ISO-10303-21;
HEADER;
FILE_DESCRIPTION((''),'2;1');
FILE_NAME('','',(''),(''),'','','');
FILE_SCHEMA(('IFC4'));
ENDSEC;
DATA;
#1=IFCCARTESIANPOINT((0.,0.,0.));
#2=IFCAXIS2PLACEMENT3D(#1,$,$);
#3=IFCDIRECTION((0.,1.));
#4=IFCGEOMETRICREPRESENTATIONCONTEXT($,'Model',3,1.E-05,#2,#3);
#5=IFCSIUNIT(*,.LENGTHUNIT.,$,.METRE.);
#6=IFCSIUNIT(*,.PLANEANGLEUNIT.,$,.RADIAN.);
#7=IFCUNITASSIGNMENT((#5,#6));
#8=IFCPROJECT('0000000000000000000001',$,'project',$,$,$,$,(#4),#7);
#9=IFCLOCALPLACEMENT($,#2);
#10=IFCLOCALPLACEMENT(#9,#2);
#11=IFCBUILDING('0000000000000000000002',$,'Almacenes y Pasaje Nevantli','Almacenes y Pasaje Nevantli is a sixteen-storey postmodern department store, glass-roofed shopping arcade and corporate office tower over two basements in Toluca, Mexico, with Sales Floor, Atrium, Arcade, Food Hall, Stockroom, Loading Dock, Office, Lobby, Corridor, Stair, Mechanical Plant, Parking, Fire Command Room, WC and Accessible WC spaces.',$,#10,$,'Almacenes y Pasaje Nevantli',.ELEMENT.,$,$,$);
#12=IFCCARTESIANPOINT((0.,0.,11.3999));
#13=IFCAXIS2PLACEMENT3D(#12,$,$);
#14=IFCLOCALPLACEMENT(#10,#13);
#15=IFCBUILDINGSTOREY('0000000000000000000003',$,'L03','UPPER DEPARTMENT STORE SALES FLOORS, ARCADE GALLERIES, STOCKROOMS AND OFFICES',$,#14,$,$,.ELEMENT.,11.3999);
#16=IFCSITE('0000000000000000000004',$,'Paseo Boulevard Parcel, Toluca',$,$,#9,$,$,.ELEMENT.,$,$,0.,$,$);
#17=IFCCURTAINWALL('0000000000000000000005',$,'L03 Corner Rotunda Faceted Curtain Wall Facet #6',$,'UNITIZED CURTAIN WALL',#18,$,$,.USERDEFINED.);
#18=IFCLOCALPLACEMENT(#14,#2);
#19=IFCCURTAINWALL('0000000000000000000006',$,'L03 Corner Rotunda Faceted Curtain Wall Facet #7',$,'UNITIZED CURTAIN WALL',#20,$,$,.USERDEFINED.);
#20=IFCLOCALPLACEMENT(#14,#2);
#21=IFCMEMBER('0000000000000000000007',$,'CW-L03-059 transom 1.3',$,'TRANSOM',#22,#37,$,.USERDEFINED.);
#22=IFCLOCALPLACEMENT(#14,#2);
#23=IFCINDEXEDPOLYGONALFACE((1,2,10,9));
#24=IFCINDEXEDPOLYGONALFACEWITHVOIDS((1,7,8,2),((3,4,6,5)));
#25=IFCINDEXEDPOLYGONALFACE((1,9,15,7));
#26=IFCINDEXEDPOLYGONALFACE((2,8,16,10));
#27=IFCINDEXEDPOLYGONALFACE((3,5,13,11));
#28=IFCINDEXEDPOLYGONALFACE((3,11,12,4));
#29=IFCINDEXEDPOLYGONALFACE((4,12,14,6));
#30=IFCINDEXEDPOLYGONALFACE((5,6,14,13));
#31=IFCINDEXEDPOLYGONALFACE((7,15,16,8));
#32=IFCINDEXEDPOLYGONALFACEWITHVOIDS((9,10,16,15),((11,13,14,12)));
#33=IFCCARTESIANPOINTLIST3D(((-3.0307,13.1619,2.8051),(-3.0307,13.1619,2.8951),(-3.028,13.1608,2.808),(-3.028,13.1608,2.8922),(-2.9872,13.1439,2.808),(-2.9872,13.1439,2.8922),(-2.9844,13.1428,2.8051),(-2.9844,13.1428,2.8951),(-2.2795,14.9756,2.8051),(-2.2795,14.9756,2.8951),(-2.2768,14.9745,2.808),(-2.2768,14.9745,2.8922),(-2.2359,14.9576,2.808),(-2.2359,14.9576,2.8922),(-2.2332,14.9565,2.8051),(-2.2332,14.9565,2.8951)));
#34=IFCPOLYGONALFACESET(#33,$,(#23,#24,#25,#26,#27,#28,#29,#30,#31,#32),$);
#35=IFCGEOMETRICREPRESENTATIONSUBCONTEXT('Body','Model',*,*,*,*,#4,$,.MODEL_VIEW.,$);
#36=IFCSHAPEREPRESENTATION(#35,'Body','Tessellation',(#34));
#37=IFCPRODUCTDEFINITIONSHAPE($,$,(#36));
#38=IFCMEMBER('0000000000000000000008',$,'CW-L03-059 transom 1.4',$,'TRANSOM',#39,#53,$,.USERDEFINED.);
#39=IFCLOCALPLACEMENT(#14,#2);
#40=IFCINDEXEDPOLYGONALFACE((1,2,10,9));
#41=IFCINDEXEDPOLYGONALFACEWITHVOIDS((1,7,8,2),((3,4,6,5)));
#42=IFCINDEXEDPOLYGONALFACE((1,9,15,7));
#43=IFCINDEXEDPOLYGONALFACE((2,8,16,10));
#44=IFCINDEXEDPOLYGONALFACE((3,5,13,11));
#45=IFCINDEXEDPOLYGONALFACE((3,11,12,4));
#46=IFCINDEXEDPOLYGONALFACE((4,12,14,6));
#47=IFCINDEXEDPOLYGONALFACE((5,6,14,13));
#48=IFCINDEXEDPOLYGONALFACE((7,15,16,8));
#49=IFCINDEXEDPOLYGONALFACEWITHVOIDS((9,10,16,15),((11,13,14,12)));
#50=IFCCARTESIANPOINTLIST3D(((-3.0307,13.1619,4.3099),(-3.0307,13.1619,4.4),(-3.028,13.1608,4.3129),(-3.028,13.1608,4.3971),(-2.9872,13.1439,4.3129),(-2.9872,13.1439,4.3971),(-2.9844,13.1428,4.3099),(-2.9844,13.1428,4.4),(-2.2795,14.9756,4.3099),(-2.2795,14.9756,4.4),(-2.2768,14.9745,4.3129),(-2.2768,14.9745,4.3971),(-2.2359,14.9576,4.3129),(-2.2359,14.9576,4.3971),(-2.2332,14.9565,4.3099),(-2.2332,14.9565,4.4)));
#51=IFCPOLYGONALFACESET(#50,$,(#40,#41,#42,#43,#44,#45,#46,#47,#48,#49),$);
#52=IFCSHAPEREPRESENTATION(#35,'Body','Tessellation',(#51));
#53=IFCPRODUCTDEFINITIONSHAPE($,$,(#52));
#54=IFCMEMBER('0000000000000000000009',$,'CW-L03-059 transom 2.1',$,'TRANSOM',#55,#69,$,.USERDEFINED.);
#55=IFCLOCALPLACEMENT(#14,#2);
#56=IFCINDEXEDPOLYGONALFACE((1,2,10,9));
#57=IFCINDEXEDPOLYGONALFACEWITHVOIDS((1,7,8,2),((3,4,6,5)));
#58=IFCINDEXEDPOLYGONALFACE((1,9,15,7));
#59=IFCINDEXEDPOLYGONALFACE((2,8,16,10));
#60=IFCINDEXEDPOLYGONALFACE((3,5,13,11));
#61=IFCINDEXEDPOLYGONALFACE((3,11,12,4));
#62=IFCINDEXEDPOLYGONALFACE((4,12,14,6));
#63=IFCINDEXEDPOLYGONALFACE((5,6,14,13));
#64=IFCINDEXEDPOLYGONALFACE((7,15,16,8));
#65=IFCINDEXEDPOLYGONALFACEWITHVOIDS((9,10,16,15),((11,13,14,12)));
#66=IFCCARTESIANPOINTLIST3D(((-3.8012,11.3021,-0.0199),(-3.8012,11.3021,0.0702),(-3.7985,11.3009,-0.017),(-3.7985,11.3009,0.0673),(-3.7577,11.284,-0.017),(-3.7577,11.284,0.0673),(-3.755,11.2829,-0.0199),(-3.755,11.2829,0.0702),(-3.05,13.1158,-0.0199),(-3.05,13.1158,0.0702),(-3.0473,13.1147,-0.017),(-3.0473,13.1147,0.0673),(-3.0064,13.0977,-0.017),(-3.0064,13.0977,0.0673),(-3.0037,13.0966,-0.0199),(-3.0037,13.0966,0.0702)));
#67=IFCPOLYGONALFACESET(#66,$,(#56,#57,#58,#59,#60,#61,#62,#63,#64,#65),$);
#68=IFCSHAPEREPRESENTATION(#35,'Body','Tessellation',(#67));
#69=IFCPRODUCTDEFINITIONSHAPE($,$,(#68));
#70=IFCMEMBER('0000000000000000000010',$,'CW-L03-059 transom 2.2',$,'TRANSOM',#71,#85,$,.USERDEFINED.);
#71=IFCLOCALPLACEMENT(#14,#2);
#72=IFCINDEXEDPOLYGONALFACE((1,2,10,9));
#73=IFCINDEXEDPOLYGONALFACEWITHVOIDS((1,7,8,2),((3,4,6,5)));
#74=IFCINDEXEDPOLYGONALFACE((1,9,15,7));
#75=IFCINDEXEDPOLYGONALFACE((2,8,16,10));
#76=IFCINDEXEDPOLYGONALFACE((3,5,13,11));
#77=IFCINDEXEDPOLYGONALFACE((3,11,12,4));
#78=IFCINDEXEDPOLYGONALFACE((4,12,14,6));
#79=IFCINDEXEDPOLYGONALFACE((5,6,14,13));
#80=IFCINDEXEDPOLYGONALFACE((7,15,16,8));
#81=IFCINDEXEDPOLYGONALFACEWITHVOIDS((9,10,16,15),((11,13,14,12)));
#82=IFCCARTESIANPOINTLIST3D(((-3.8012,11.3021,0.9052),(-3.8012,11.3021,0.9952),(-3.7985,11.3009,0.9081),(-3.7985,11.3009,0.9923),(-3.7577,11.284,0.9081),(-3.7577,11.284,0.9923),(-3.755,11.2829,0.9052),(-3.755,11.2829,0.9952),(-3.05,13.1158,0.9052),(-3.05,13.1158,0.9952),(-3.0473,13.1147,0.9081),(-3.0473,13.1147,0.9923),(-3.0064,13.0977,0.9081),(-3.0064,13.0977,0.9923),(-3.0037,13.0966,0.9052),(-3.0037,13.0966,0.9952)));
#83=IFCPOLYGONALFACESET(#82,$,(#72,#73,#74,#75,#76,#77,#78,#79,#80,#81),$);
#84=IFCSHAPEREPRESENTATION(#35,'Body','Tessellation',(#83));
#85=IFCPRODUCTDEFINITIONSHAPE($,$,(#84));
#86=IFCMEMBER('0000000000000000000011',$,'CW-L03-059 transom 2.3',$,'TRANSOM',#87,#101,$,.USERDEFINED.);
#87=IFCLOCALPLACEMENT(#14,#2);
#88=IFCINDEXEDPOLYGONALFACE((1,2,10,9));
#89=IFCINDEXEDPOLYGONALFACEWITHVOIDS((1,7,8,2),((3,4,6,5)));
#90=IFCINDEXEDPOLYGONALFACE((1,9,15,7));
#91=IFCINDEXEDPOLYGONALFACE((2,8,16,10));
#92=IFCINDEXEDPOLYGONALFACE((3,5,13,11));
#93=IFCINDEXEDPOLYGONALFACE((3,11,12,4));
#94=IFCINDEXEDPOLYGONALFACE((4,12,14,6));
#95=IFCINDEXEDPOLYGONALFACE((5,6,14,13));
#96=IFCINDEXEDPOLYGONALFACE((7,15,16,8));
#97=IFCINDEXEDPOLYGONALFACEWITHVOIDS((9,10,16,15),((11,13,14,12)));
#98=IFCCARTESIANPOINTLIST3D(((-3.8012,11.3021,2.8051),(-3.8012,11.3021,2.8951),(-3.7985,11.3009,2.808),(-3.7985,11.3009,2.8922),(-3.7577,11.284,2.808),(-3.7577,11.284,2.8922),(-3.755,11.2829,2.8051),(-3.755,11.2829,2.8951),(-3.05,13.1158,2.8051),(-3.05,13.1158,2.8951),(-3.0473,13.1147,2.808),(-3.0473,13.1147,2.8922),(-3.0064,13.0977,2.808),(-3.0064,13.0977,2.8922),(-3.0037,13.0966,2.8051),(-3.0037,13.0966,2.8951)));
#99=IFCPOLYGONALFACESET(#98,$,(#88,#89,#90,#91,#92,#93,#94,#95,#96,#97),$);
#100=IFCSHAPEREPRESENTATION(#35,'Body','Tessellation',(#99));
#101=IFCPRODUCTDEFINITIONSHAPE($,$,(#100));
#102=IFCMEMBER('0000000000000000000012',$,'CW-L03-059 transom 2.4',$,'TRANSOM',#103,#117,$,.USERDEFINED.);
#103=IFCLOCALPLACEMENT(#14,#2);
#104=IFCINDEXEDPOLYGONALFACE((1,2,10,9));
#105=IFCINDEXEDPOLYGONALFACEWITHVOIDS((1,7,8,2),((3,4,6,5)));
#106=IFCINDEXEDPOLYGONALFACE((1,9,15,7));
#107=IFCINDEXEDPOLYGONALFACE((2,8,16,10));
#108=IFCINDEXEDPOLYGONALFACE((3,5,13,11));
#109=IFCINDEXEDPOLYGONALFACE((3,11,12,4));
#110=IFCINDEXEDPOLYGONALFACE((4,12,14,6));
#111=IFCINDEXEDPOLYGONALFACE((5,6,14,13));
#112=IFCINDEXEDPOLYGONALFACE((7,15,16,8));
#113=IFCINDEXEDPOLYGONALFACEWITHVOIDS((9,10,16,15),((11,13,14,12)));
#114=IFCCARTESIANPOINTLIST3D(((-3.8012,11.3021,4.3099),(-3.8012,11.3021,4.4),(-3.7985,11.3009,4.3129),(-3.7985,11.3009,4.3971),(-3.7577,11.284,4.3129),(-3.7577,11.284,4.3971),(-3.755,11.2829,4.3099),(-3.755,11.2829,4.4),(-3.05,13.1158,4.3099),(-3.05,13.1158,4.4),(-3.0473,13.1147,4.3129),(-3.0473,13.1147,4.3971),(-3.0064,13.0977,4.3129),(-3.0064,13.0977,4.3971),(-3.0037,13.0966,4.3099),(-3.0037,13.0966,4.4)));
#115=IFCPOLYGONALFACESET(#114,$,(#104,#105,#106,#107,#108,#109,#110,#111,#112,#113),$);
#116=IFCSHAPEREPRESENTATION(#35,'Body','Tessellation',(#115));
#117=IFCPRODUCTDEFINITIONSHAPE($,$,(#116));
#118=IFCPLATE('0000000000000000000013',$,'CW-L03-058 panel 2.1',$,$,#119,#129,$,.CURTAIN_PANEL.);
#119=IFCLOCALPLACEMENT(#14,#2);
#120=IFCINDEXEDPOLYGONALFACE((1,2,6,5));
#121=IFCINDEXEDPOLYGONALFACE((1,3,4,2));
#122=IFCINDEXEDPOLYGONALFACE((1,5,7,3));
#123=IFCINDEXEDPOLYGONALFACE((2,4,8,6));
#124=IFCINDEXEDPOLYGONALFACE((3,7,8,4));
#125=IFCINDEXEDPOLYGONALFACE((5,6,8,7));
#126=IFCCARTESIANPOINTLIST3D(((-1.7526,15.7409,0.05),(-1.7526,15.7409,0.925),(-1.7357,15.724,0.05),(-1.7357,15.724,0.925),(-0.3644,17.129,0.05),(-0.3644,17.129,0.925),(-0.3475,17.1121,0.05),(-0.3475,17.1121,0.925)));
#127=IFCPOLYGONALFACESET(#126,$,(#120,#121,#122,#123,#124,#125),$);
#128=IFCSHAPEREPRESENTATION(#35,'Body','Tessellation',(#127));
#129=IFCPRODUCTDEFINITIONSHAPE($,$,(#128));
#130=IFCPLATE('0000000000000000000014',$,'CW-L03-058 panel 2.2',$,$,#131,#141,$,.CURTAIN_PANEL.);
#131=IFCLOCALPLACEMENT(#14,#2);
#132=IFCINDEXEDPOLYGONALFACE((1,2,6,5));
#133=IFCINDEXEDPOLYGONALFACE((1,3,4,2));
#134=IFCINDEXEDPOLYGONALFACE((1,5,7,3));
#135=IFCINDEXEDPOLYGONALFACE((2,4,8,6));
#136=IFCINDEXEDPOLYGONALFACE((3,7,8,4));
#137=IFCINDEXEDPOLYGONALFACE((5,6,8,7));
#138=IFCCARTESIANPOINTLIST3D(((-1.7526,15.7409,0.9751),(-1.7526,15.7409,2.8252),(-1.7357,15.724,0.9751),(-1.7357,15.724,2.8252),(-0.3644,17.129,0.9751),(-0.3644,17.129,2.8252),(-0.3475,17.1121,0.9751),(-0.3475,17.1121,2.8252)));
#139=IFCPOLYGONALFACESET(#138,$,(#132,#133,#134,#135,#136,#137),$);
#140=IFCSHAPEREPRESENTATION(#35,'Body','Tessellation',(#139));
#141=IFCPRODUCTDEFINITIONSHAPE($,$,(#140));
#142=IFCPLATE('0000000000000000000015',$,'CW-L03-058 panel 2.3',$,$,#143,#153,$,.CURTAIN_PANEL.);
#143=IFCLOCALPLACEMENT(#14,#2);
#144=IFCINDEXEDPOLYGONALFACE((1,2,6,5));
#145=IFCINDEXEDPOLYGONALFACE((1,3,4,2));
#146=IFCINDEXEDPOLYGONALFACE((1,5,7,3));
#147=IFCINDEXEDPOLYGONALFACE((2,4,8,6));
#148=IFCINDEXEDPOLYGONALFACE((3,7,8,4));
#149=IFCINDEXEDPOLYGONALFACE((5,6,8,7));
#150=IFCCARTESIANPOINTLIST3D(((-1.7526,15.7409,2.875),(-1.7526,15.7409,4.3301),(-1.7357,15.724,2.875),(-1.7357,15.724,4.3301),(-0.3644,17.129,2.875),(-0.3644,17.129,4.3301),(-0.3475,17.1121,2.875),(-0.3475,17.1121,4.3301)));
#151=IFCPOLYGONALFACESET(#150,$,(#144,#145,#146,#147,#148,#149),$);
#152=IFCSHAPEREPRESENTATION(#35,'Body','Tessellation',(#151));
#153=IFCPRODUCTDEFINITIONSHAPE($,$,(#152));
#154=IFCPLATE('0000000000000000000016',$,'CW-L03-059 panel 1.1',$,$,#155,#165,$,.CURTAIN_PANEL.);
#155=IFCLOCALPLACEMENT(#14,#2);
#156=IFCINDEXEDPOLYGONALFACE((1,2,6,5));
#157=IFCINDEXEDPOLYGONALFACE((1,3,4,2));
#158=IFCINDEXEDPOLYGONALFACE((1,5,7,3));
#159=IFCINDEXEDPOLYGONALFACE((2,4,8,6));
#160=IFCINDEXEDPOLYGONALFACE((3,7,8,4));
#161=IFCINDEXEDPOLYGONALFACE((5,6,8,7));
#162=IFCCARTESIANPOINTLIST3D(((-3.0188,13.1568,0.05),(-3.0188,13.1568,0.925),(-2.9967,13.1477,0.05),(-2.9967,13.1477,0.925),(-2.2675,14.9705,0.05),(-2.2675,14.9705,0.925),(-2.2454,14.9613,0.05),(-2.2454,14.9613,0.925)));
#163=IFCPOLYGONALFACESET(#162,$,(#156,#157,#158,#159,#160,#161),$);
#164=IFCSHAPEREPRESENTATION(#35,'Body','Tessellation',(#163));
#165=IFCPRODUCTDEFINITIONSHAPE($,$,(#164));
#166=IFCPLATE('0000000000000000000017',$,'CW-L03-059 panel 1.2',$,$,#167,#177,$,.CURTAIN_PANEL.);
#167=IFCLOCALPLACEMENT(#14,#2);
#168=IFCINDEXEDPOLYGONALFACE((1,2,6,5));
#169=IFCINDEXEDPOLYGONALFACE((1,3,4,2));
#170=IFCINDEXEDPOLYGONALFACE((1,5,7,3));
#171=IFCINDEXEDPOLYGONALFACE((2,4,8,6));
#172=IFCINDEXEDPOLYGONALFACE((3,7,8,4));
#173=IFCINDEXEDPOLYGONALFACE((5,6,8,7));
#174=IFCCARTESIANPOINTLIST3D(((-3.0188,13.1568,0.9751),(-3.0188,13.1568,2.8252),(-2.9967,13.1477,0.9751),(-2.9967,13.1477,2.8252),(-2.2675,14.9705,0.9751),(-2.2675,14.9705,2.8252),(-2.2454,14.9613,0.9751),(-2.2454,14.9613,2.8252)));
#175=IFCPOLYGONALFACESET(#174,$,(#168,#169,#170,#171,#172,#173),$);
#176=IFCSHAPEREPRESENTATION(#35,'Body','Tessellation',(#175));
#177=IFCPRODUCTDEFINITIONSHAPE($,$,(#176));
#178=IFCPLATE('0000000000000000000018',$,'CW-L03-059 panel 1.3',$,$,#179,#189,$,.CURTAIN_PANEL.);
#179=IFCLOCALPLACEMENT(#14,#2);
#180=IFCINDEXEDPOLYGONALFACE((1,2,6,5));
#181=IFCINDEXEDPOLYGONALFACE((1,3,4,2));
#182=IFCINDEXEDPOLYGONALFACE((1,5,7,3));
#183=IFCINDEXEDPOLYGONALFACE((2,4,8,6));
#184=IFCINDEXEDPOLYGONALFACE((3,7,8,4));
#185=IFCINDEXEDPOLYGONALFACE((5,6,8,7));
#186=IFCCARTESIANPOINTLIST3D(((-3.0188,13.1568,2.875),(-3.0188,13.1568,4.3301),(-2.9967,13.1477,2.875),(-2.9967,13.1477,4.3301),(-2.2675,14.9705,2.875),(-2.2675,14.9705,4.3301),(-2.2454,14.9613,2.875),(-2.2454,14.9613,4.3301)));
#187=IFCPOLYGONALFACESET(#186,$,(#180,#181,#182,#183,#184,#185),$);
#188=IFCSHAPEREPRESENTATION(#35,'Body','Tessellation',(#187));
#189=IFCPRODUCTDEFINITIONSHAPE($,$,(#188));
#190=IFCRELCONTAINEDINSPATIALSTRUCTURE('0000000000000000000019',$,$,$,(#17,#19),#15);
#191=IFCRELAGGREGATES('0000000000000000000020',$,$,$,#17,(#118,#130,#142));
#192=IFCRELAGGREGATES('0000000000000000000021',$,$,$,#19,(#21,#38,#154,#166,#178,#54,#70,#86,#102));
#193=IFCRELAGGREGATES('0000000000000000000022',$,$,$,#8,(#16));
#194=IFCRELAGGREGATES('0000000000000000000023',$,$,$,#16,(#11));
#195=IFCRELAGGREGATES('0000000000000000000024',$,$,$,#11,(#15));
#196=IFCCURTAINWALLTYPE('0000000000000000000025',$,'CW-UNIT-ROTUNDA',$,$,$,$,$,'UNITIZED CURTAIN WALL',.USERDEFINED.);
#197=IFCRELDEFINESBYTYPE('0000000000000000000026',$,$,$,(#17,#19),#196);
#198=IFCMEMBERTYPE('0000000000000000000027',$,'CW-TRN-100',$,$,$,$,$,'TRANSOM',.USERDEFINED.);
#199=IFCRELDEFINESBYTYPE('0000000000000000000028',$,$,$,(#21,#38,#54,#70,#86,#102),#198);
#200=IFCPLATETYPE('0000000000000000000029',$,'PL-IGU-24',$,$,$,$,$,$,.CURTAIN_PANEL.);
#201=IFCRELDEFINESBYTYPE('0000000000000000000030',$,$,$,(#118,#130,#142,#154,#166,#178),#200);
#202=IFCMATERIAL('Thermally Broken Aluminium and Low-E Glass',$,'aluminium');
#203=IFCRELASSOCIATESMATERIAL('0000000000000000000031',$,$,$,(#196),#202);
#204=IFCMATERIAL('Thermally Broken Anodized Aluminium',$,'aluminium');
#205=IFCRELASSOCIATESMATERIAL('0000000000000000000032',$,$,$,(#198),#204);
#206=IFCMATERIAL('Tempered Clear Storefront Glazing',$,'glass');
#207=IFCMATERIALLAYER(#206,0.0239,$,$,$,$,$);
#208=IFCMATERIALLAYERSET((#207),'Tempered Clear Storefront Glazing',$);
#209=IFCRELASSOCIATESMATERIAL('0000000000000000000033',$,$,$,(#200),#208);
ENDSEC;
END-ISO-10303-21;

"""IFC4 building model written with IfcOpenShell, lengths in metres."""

from ifc_helpers import new_model, si_unit, direction, frame, origin, origin_2d, place, context, subcontext, project, spatial, rectangle, hollow_rectangle, extrude, material, layer, layer_set, material_profile, profile_set, type_object, element, aggregate, save


model = new_model("IFC4")

# Units and contexts
model_context = context("Model", 3, precision=1e-05, world=origin(), true_north=direction((0.0, 1.0)))
body_context = subcontext(model_context, "Body", "Model", "MODEL_VIEW")
ifc_project = project(units=[si_unit("LENGTHUNIT", "METRE"), si_unit("PLANEANGLEUNIT", "RADIAN")], contexts=[model_context])

# Site, building, storey
site_placement = place(None, origin())
site = spatial("IfcSite", under=ifc_project, at=site_placement, Name="Paseo Boulevard Parcel, Toluca", CompositionType="ELEMENT", RefElevation=0.0)
building_placement = place(site_placement, origin())
building = spatial("IfcBuilding", under=site, at=building_placement, Name="Almacenes y Pasaje Nevantli", Description="Almacenes y Pasaje Nevantli is a sixteen-storey postmodern department store, glass-roofed shopping arcade and corporate office tower over two basements in Toluca, Mexico, with Sales Floor, Atrium, Arcade, Food Hall, Stockroom, Loading Dock, Office, Lobby, Corridor, Stair, Mechanical Plant, Parking, Fire Command Room, WC and Accessible WC spaces.", LongName="Almacenes y Pasaje Nevantli", CompositionType="ELEMENT")
storey_placement = place(building_placement, frame((0.0, 0.0, 11.3999)))
storey = spatial("IfcBuildingStorey", under=building, at=storey_placement, Name="L03", Description="UPPER DEPARTMENT STORE SALES FLOORS, ARCADE GALLERIES, STOCKROOMS AND OFFICES", CompositionType="ELEMENT", Elevation=11.3999)

# Curtain walls
ifc_material_1 = material(Name="Thermally Broken Aluminium and Low-E Glass", Category="aluminium")
curtain_wall_type = type_object("IfcCurtainWallType", Name="CW-UNIT-ROTUNDA", ElementType="UNITIZED CURTAIN WALL", PredefinedType="USERDEFINED", material=ifc_material_1)
curtain_wall_1_placement = place(storey_placement, origin())
curtain_wall_1 = element("IfcCurtainWall", 1, at=curtain_wall_1_placement, inside=storey, type_object=curtain_wall_type, Name="L03 Corner Rotunda Faceted Curtain Wall Facet #6", ObjectType="UNITIZED CURTAIN WALL", PredefinedType="USERDEFINED")
curtain_wall_2_placement = place(storey_placement, origin())
curtain_wall_2 = element("IfcCurtainWall", 2, at=curtain_wall_2_placement, inside=storey, type_object=curtain_wall_type, Name="L03 Corner Rotunda Faceted Curtain Wall Facet #7", ObjectType="UNITIZED CURTAIN WALL", PredefinedType="USERDEFINED")

# Members
ifc_material_2 = material(Name="Thermally Broken Anodized Aluminium", Category="aluminium")
ifc_material_profile_1 = material_profile(ifc_material_2, hollow_rectangle(XDim=0.05, YDim=0.0901, WallThickness=0.0029, at=origin_2d()), Name="ALU-TRN-50x90")
ifc_profile_set_1 = profile_set([ifc_material_profile_1], Name="Thermally Broken Anodized Aluminium")
member_type_1 = type_object("IfcMemberType", Name="CW-TRN-100", ElementType="TRANSOM", PredefinedType="USERDEFINED", material=ifc_profile_set_1)
member_1_placement = place(storey_placement, frame((-2.2563, 14.9661, 2.8501), z_axis=(-0.382663, -0.923888, 0.0), x_axis=(0.923888, -0.382663, 0.0)))
member_1 = element("IfcMember", 3, at=member_1_placement, type_object=member_type_1, Name="CW-L03-059 transom 1.3", ObjectType="TRANSOM", PredefinedType="USERDEFINED", context=body_context, shape_type="SweptSolid", body=[
    extrude(hollow_rectangle(XDim=0.05, YDim=0.0901, WallThickness=0.0029, at=origin_2d()), origin(), (0.0, 0.0, 1.0), 1.9631),
])
member_2_placement = place(storey_placement, frame((-2.2563, 14.9661, 4.355), z_axis=(-0.382663, -0.923888, 0.0), x_axis=(0.923888, -0.382663, 0.0)))
member_2 = element("IfcMember", 4, at=member_2_placement, type_object=member_type_1, Name="CW-L03-059 transom 1.4", ObjectType="TRANSOM", PredefinedType="USERDEFINED", context=body_context, shape_type="SweptSolid", body=[
    extrude(hollow_rectangle(XDim=0.05, YDim=0.0901, WallThickness=0.0029, at=origin_2d()), origin(), (0.0, 0.0, 1.0), 1.9631),
])
member_3_placement = place(storey_placement, frame((-3.0269, 13.1062, 0.0251), z_axis=(-0.382663, -0.923888, 0.0), x_axis=(0.923888, -0.382663, 0.0)))
member_3 = element("IfcMember", 5, at=member_3_placement, type_object=member_type_1, Name="CW-L03-059 transom 2.1", ObjectType="TRANSOM", PredefinedType="USERDEFINED", context=body_context, shape_type="SweptSolid", body=[
    extrude(hollow_rectangle(XDim=0.05, YDim=0.0901, WallThickness=0.0029, at=origin_2d()), origin(), (0.0, 0.0, 1.0), 1.9631),
])
member_4_placement = place(storey_placement, frame((-3.0269, 13.1062, 0.9502), z_axis=(-0.382663, -0.923888, 0.0), x_axis=(0.923888, -0.382663, 0.0)))
member_4 = element("IfcMember", 6, at=member_4_placement, type_object=member_type_1, Name="CW-L03-059 transom 2.2", ObjectType="TRANSOM", PredefinedType="USERDEFINED", context=body_context, shape_type="SweptSolid", body=[
    extrude(hollow_rectangle(XDim=0.05, YDim=0.0901, WallThickness=0.0029, at=origin_2d()), origin(), (0.0, 0.0, 1.0), 1.9631),
])
member_5_placement = place(storey_placement, frame((-3.0269, 13.1062, 2.8501), z_axis=(-0.382663, -0.923888, 0.0), x_axis=(0.923888, -0.382663, 0.0)))
member_5 = element("IfcMember", 7, at=member_5_placement, type_object=member_type_1, Name="CW-L03-059 transom 2.3", ObjectType="TRANSOM", PredefinedType="USERDEFINED", context=body_context, shape_type="SweptSolid", body=[
    extrude(hollow_rectangle(XDim=0.05, YDim=0.0901, WallThickness=0.0029, at=origin_2d()), origin(), (0.0, 0.0, 1.0), 1.9631),
])
member_6_placement = place(storey_placement, frame((-3.0269, 13.1062, 4.355), z_axis=(-0.382663, -0.923888, 0.0), x_axis=(0.923888, -0.382663, 0.0)))
member_6 = element("IfcMember", 8, at=member_6_placement, type_object=member_type_1, Name="CW-L03-059 transom 2.4", ObjectType="TRANSOM", PredefinedType="USERDEFINED", context=body_context, shape_type="SweptSolid", body=[
    extrude(hollow_rectangle(XDim=0.05, YDim=0.0901, WallThickness=0.0029, at=origin_2d()), origin(), (0.0, 0.0, 1.0), 1.9631),
])

# Plates
ifc_material_3 = material(Name="Tempered Clear Storefront Glazing", Category="glass")
ifc_layer = layer(ifc_material_3, 0.0239)
ifc_layer_set = layer_set([ifc_layer], Name="Tempered Clear Storefront Glazing")
plate_type = type_object("IfcPlateType", Name="PL-IGU-24", PredefinedType="CURTAIN_PANEL", material=ifc_layer_set)
plate_1_placement = place(storey_placement, frame((-1.05, 16.4265, 0.05), z_axis=(0.0, 0.0, 1.0), x_axis=(-0.707107, -0.707107, 0.0)))
plate_1 = element("IfcPlate", 9, at=plate_1_placement, type_object=plate_type, Name="CW-L03-058 panel 2.1", PredefinedType="CURTAIN_PANEL", context=body_context, shape_type="SweptSolid", body=[
    extrude(rectangle(XDim=1.9631, YDim=0.0239, at=origin_2d()), origin(), (0.0, 0.0, 1.0), 0.875),
])
plate_2_placement = place(storey_placement, frame((-1.05, 16.4265, 0.9751), z_axis=(0.0, 0.0, 1.0), x_axis=(-0.707107, -0.707107, 0.0)))
plate_2 = element("IfcPlate", 10, at=plate_2_placement, type_object=plate_type, Name="CW-L03-058 panel 2.2", PredefinedType="CURTAIN_PANEL", context=body_context, shape_type="SweptSolid", body=[
    extrude(rectangle(XDim=1.9631, YDim=0.0239, at=origin_2d()), origin(), (0.0, 0.0, 1.0), 1.8501),
])
plate_3_placement = place(storey_placement, frame((-1.05, 16.4265, 2.875), z_axis=(0.0, 0.0, 1.0), x_axis=(-0.707107, -0.707107, 0.0)))
plate_3 = element("IfcPlate", 11, at=plate_3_placement, type_object=plate_type, Name="CW-L03-058 panel 2.3", PredefinedType="CURTAIN_PANEL", context=body_context, shape_type="SweptSolid", body=[
    extrude(rectangle(XDim=1.9631, YDim=0.0239, at=origin_2d()), origin(), (0.0, 0.0, 1.0), 1.4551),
])
aggregate(curtain_wall_1, [plate_1, plate_2, plate_3])
plate_4_placement = place(storey_placement, frame((-2.6321, 14.0591, 0.05), z_axis=(0.0, 0.0, 1.0), x_axis=(-0.382698, -0.923873, 0.0)))
plate_4 = element("IfcPlate", 12, at=plate_4_placement, type_object=plate_type, Name="CW-L03-059 panel 1.1", PredefinedType="CURTAIN_PANEL", context=body_context, shape_type="SweptSolid", body=[
    extrude(rectangle(XDim=1.9631, YDim=0.0239, at=origin_2d()), origin(), (0.0, 0.0, 1.0), 0.875),
])
plate_5_placement = place(storey_placement, frame((-2.6321, 14.0591, 0.9751), z_axis=(0.0, 0.0, 1.0), x_axis=(-0.382698, -0.923873, 0.0)))
plate_5 = element("IfcPlate", 13, at=plate_5_placement, type_object=plate_type, Name="CW-L03-059 panel 1.2", PredefinedType="CURTAIN_PANEL", context=body_context, shape_type="SweptSolid", body=[
    extrude(rectangle(XDim=1.9631, YDim=0.0239, at=origin_2d()), origin(), (0.0, 0.0, 1.0), 1.8501),
])
plate_6_placement = place(storey_placement, frame((-2.6321, 14.0591, 2.875), z_axis=(0.0, 0.0, 1.0), x_axis=(-0.382698, -0.923873, 0.0)))
plate_6 = element("IfcPlate", 14, at=plate_6_placement, type_object=plate_type, Name="CW-L03-059 panel 1.3", PredefinedType="CURTAIN_PANEL", context=body_context, shape_type="SweptSolid", body=[
    extrude(rectangle(XDim=1.9631, YDim=0.0239, at=origin_2d()), origin(), (0.0, 0.0, 1.0), 1.4551),
])
aggregate(curtain_wall_2, [member_1, member_2, plate_4, plate_5, plate_6, member_3, member_4, member_5, member_6])

save(model, "model.ifc")
